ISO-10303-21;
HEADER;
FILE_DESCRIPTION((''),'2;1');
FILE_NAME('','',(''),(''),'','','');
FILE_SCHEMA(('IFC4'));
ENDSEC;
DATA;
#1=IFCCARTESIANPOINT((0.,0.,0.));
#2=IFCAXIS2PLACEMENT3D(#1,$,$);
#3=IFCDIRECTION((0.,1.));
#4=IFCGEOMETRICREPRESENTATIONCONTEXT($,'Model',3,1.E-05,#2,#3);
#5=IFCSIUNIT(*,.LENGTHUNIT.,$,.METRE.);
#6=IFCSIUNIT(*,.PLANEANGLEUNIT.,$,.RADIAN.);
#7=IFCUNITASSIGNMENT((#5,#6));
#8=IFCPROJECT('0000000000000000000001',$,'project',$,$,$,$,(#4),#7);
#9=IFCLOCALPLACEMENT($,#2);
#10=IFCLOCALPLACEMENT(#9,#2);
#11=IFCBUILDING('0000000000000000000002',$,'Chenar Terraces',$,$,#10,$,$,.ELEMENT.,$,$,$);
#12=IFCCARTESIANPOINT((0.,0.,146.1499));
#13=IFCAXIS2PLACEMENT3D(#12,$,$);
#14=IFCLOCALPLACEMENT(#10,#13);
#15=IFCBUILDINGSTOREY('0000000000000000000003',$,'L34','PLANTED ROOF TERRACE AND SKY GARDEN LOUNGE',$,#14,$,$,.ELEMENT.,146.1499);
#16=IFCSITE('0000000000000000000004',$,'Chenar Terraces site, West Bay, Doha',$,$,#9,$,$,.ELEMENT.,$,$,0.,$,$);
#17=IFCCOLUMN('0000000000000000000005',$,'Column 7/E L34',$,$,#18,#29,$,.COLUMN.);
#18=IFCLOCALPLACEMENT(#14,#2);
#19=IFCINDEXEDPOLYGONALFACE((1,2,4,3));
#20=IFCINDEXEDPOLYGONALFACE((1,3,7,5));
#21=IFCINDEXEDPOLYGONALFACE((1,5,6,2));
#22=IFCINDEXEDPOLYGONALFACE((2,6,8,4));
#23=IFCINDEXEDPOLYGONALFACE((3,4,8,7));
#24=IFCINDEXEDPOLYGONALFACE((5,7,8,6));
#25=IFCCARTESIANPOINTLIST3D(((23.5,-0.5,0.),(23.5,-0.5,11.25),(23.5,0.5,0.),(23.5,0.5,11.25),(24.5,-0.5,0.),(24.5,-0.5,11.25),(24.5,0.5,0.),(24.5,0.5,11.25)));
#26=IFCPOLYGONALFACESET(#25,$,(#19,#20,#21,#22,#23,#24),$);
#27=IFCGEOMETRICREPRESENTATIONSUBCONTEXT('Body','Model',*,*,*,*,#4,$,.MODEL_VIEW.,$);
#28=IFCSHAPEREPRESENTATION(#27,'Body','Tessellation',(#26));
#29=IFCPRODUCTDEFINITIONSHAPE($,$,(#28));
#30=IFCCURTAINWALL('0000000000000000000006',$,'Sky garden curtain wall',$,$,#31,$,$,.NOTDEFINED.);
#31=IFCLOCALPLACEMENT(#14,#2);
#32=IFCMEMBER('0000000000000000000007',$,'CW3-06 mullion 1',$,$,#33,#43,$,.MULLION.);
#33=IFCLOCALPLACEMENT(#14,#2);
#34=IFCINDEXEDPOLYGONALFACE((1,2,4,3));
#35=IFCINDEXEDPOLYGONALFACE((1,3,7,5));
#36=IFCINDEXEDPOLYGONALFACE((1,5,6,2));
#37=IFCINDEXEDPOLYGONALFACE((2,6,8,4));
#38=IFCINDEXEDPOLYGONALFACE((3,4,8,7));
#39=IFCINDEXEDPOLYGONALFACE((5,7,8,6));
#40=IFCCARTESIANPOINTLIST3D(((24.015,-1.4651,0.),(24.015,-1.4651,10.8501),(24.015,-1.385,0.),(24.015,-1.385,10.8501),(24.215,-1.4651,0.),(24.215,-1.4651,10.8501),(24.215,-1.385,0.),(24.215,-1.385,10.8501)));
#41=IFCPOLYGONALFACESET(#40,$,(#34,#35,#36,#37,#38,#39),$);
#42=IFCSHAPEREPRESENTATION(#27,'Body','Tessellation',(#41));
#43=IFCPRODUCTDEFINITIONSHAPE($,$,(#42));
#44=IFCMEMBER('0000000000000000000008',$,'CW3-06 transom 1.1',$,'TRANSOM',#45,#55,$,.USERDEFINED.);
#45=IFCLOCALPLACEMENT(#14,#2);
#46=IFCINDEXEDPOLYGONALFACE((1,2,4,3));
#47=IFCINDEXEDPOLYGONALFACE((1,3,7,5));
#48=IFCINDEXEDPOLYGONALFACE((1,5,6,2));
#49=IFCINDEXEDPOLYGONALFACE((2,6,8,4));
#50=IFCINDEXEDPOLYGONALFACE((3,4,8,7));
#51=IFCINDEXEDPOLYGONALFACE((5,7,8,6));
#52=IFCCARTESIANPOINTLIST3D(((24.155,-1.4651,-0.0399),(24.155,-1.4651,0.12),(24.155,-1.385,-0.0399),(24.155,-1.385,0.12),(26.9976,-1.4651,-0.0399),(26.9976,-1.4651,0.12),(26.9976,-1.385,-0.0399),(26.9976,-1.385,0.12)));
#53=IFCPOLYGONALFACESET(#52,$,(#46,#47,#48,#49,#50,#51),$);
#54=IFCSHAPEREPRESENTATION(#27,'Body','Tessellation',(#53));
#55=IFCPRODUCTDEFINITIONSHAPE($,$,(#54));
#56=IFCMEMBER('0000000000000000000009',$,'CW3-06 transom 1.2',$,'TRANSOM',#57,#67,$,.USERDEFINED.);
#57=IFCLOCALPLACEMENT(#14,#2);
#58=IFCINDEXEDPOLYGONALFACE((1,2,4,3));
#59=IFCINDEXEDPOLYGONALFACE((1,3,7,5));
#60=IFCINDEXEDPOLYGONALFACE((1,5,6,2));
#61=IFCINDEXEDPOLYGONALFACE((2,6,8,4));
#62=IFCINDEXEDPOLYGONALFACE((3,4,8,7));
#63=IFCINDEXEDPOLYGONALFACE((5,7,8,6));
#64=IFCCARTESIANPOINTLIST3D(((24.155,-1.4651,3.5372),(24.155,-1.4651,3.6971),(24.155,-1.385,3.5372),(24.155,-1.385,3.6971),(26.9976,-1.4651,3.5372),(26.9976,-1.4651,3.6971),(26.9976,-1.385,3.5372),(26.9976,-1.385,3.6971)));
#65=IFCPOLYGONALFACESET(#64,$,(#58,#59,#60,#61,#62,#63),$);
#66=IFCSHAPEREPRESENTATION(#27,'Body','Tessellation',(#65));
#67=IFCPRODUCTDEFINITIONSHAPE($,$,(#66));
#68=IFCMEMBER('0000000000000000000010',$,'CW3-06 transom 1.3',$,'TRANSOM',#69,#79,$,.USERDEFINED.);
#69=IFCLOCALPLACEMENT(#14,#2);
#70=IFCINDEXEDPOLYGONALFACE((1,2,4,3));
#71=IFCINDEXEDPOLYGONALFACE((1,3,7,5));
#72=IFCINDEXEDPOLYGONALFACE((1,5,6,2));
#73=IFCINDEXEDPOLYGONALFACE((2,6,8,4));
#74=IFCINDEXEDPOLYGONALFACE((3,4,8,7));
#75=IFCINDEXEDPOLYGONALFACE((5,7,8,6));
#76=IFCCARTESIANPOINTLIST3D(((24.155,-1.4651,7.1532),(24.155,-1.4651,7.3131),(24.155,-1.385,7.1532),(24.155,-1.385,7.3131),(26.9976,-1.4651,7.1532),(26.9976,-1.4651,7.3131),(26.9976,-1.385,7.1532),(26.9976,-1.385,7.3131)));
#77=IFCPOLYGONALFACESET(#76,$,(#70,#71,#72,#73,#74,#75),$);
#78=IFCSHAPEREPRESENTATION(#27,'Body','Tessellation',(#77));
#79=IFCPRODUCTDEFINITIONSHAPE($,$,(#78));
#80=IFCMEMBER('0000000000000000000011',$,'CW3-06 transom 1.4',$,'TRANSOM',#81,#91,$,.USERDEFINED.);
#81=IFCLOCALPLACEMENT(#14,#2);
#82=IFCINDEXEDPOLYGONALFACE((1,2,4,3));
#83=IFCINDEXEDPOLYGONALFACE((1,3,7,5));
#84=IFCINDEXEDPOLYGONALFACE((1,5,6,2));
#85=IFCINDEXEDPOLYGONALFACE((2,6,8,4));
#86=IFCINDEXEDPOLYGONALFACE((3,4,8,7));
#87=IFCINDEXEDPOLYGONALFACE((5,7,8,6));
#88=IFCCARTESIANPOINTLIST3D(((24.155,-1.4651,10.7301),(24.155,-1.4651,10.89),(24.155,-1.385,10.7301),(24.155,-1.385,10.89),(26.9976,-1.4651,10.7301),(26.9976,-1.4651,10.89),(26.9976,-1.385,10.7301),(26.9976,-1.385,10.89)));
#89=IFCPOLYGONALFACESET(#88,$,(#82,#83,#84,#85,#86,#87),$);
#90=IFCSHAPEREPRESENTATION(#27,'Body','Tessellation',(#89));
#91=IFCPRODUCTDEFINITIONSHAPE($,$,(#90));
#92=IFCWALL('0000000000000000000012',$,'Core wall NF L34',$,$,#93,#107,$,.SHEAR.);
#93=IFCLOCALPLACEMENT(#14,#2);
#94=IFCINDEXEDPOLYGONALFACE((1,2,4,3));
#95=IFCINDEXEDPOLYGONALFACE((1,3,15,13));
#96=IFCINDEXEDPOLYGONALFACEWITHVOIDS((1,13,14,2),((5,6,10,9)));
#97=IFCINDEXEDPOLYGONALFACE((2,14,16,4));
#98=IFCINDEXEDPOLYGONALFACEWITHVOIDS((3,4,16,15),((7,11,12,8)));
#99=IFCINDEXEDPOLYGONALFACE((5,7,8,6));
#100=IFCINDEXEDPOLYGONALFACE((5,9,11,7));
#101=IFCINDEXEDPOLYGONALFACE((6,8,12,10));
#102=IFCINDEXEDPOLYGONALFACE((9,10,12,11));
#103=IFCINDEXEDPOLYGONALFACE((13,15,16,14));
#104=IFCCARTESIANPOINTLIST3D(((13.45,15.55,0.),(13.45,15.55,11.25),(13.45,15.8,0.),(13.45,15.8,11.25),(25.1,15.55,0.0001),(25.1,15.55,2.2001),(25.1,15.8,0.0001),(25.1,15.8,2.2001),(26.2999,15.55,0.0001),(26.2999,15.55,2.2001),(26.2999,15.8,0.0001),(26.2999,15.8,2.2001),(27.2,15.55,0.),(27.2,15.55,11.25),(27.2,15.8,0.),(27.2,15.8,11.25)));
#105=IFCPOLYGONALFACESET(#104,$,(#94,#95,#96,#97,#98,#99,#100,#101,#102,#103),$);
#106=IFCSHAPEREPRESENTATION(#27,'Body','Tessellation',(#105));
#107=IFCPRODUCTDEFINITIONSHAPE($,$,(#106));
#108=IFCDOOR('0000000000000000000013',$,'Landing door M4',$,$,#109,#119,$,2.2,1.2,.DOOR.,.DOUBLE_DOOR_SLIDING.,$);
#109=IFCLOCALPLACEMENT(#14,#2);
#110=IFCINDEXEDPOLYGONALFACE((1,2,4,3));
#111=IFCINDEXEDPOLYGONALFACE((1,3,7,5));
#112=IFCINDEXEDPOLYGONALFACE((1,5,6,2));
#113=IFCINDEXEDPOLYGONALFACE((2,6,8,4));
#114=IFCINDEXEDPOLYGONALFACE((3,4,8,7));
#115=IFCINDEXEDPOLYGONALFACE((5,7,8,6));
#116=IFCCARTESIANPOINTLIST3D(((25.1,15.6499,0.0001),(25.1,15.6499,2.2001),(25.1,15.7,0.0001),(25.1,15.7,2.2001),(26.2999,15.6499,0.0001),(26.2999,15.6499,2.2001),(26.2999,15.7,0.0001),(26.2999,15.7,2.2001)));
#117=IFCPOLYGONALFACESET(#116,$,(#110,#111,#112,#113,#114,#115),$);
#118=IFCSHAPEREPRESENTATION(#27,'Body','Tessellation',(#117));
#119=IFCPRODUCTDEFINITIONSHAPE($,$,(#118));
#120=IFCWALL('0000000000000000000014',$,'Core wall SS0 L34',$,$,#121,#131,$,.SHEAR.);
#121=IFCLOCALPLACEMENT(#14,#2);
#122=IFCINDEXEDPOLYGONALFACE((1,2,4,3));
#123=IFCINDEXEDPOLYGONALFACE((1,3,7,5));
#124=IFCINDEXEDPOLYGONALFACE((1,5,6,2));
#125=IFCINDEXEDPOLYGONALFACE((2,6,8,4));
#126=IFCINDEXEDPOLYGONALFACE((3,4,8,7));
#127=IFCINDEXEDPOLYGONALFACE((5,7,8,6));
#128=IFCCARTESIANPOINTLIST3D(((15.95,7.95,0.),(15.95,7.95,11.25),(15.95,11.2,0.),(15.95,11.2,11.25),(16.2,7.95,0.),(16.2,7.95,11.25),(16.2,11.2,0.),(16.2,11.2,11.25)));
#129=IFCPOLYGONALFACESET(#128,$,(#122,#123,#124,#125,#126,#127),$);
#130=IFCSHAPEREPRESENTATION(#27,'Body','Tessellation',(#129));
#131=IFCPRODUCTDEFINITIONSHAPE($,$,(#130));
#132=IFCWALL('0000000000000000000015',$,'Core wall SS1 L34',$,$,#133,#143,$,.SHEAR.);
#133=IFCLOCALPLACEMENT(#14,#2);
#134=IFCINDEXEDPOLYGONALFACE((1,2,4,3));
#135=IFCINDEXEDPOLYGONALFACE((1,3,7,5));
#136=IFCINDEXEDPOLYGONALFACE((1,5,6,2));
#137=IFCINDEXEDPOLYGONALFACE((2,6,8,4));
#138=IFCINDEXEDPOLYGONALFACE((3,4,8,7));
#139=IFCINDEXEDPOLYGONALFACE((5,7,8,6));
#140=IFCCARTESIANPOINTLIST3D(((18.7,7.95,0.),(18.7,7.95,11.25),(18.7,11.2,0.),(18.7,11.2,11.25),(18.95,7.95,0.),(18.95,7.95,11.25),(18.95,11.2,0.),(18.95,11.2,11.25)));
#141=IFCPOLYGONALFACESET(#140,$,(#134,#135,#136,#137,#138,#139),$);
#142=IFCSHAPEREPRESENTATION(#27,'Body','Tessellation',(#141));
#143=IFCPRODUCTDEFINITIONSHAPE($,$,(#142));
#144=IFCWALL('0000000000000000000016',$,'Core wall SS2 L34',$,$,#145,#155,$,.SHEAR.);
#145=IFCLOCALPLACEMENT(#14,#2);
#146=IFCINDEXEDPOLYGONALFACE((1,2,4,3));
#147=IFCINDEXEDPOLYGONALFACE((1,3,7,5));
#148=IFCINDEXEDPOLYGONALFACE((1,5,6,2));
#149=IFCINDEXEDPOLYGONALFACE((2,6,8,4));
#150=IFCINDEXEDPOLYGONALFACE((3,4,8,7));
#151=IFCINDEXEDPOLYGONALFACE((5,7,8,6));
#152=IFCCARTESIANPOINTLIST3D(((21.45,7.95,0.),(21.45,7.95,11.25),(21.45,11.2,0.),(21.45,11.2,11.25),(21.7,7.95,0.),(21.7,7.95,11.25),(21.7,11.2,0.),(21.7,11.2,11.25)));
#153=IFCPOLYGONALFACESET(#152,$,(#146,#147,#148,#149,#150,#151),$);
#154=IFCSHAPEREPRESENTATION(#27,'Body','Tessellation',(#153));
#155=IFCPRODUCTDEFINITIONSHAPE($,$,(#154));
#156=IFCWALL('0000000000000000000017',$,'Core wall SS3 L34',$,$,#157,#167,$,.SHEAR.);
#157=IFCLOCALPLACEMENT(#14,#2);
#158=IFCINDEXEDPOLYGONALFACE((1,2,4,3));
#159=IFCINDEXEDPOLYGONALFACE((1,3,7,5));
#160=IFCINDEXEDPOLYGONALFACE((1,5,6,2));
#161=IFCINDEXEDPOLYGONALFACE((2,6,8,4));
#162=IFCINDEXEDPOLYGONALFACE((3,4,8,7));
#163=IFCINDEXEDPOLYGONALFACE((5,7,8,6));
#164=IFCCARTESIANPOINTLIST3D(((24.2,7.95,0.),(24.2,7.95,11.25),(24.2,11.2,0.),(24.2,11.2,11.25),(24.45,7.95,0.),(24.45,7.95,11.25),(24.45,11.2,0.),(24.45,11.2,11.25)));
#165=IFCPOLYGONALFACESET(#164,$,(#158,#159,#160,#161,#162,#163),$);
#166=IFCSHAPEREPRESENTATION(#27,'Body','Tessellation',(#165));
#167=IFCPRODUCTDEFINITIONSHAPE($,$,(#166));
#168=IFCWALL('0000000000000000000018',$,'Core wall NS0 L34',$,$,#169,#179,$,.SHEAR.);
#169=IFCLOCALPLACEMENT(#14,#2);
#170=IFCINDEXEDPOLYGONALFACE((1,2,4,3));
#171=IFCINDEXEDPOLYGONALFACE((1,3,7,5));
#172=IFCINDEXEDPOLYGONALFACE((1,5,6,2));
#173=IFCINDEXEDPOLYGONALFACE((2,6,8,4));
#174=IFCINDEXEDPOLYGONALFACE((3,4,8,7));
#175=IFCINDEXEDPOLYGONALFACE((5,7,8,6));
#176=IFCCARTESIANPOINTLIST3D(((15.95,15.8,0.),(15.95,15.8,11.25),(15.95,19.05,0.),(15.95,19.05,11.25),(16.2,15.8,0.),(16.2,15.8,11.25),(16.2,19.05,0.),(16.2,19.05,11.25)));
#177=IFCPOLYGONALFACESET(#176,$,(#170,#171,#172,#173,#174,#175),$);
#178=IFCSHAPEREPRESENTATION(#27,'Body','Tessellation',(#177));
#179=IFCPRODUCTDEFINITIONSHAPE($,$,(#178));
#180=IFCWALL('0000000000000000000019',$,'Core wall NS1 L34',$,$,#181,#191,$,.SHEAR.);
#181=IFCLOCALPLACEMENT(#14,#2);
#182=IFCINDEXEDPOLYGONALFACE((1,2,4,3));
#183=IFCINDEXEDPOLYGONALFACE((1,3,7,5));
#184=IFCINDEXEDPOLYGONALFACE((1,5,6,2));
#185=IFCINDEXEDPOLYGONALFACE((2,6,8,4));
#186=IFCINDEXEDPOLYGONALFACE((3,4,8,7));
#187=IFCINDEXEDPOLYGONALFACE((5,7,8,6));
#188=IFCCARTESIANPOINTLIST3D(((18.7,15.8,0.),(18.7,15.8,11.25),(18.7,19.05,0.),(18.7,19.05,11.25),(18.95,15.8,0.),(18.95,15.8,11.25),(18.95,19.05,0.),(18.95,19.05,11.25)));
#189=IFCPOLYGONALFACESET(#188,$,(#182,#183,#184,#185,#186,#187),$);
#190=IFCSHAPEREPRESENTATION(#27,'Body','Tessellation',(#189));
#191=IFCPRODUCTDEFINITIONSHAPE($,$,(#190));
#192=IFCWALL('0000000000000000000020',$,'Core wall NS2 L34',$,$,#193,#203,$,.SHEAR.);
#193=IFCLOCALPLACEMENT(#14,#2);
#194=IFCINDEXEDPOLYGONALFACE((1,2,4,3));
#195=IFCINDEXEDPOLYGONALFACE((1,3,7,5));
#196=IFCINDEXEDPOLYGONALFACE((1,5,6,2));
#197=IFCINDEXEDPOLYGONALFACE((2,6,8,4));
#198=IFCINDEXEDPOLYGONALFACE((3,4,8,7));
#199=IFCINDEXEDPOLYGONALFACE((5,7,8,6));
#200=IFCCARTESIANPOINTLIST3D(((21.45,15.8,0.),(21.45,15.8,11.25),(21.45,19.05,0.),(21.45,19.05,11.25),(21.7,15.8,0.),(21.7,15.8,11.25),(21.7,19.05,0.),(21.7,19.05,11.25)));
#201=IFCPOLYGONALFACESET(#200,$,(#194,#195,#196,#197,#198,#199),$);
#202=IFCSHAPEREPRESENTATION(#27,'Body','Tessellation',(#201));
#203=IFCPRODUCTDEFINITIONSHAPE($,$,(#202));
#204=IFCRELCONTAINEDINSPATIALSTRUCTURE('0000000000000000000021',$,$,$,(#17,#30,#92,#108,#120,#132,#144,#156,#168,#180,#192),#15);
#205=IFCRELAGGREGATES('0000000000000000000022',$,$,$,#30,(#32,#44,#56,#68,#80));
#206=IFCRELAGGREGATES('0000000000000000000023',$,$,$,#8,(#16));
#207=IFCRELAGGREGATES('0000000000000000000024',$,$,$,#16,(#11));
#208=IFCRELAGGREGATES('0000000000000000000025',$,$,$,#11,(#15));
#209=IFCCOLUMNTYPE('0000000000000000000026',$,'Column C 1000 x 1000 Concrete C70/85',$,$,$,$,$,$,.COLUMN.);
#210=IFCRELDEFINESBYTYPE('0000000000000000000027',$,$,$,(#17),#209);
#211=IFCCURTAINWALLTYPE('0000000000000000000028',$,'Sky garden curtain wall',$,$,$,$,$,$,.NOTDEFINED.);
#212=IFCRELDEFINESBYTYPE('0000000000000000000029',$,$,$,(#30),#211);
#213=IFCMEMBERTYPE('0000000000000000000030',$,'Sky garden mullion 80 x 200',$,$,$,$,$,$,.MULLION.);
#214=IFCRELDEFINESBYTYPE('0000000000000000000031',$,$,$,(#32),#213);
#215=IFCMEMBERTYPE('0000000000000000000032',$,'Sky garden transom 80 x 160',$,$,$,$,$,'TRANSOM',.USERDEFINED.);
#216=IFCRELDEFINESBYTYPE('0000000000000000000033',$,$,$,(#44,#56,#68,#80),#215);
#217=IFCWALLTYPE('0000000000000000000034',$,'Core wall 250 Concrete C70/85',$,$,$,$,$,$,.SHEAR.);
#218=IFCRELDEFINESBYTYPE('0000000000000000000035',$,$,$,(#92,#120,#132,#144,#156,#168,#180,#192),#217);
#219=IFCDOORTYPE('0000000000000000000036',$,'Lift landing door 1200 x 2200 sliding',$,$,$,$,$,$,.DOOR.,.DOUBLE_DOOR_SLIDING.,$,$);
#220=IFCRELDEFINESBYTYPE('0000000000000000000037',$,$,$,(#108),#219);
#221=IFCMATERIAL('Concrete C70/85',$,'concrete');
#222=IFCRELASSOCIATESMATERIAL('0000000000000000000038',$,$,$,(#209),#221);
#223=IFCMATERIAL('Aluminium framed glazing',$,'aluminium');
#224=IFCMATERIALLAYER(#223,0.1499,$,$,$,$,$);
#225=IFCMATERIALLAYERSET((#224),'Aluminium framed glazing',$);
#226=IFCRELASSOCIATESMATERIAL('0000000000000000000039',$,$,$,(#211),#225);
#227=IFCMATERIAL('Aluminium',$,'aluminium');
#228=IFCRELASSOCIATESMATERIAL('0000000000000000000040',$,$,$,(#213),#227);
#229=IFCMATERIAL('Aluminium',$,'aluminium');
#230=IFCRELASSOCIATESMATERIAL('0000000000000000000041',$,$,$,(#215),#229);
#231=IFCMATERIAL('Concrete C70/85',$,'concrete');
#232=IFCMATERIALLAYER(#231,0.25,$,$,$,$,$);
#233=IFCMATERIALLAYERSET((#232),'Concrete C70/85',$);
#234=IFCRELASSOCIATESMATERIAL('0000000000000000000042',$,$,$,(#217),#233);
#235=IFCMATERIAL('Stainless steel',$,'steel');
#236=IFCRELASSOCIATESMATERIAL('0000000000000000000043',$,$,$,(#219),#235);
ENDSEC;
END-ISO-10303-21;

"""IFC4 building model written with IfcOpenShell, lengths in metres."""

from ifc_helpers import new_model, si_unit, direction, frame, frame_2d, origin, origin_2d, place, context, subcontext, project, spatial, rectangle, extrude, material, layer, layer_set, material_profile, profile_set, type_object, element, fill, aggregate, save


model = new_model("IFC4")

# Units and contexts
model_context = context("Model", 3, precision=1e-05, world=origin(), true_north=direction((0.0, 1.0)))
body_context = subcontext(model_context, "Body", "Model", "MODEL_VIEW")
ifc_project = project(units=[si_unit("LENGTHUNIT", "METRE"), si_unit("PLANEANGLEUNIT", "RADIAN")], contexts=[model_context])

# Site, building, storey
site_placement = place(None, origin())
site = spatial("IfcSite", under=ifc_project, at=site_placement, Name="Chenar Terraces site, West Bay, Doha", CompositionType="ELEMENT", RefElevation=0.0)
building_placement = place(site_placement, origin())
building = spatial("IfcBuilding", under=site, at=building_placement, Name="Chenar Terraces", CompositionType="ELEMENT")
storey_placement = place(building_placement, frame((0.0, 0.0, 146.1499)))
storey = spatial("IfcBuildingStorey", under=building, at=storey_placement, Name="L34", Description="PLANTED ROOF TERRACE AND SKY GARDEN LOUNGE", CompositionType="ELEMENT", Elevation=146.1499)

# Column
ifc_material_1 = material(Name="Concrete C70/85", Category="concrete")
ifc_material_profile_1 = material_profile(ifc_material_1, rectangle(XDim=1.0, YDim=1.0, at=origin_2d()), Name="C 1000 x 1000")
ifc_profile_set_1 = profile_set([ifc_material_profile_1], Name="Concrete C70/85")
column_type = type_object("IfcColumnType", Name="Column C 1000 x 1000 Concrete C70/85", PredefinedType="COLUMN", material=ifc_profile_set_1)
column_placement = place(storey_placement, frame((24.0, 0.0, 0.0), z_axis=(0.0, 0.0, 1.0), x_axis=(1.0, 0.0, 0.0)))
element("IfcColumn", 1, at=column_placement, inside=storey, type_object=column_type, Name="Column 7/E L34", PredefinedType="COLUMN", context=body_context, shape_type="SweptSolid", body=[
    extrude(rectangle(XDim=1.0, YDim=1.0, at=origin_2d()), origin(), (0.0, 0.0, 1.0), 11.25),
])

# Curtain wall, members
ifc_material_2 = material(Name="Aluminium framed glazing", Category="aluminium")
ifc_layer_1 = layer(ifc_material_2, 0.1499)
ifc_layer_set_1 = layer_set([ifc_layer_1], Name="Aluminium framed glazing")
curtain_wall_type = type_object("IfcCurtainWallType", Name="Sky garden curtain wall", PredefinedType="NOTDEFINED", material=ifc_layer_set_1)
curtain_wall_placement = place(storey_placement, origin())
curtain_wall = element("IfcCurtainWall", 2, at=curtain_wall_placement, inside=storey, type_object=curtain_wall_type, Name="Sky garden curtain wall", PredefinedType="NOTDEFINED")
ifc_material_3 = material(Name="Aluminium", Category="aluminium")
ifc_material_profile_2 = material_profile(ifc_material_3, rectangle(XDim=0.0801, YDim=0.2, at=origin_2d()), Name="Sky garden mullion 80 x 200")
ifc_profile_set_2 = profile_set([ifc_material_profile_2], Name="Aluminium")
member_type_1 = type_object("IfcMemberType", Name="Sky garden mullion 80 x 200", PredefinedType="MULLION", material=ifc_profile_set_2)
member_1_placement = place(storey_placement, frame((24.115, -1.425, 0.0), z_axis=(0.0, 0.0, 1.0), x_axis=(0.0, 1.0, 0.0)))
member_1 = element("IfcMember", 3, at=member_1_placement, type_object=member_type_1, Name="CW3-06 mullion 1", PredefinedType="MULLION", context=body_context, shape_type="SweptSolid", body=[
    extrude(rectangle(XDim=0.0801, YDim=0.2, at=origin_2d()), origin(), (0.0, 0.0, 1.0), 10.8501),
])
ifc_material_4 = material(Name="Aluminium", Category="aluminium")
ifc_material_profile_3 = material_profile(ifc_material_4, rectangle(XDim=0.0801, YDim=0.1599, at=origin_2d()), Name="Sky garden transom 80 x 160")
ifc_profile_set_3 = profile_set([ifc_material_profile_3], Name="Aluminium")
member_type_2 = type_object("IfcMemberType", Name="Sky garden transom 80 x 160", ElementType="TRANSOM", PredefinedType="USERDEFINED", material=ifc_profile_set_3)
member_2_placement = place(storey_placement, frame((24.155, -1.425, 0.04), z_axis=(1.0, 0.0, 0.0), x_axis=(0.0, 1.0, 0.0)))
member_2 = element("IfcMember", 4, at=member_2_placement, type_object=member_type_2, Name="CW3-06 transom 1.1", ObjectType="TRANSOM", PredefinedType="USERDEFINED", context=body_context, shape_type="SweptSolid", body=[
    extrude(rectangle(XDim=0.0801, YDim=0.1599, at=origin_2d()), origin(), (0.0, 0.0, 1.0), 2.8425),
])
member_3_placement = place(storey_placement, frame((24.155, -1.425, 3.6172), z_axis=(1.0, 0.0, 0.0), x_axis=(0.0, 1.0, 0.0)))
member_3 = element("IfcMember", 5, at=member_3_placement, type_object=member_type_2, Name="CW3-06 transom 1.2", ObjectType="TRANSOM", PredefinedType="USERDEFINED", context=body_context, shape_type="SweptSolid", body=[
    extrude(rectangle(XDim=0.0801, YDim=0.1599, at=origin_2d()), origin(), (0.0, 0.0, 1.0), 2.8425),
])
member_4_placement = place(storey_placement, frame((24.155, -1.425, 7.2332), z_axis=(1.0, 0.0, 0.0), x_axis=(0.0, 1.0, 0.0)))
member_4 = element("IfcMember", 6, at=member_4_placement, type_object=member_type_2, Name="CW3-06 transom 1.3", ObjectType="TRANSOM", PredefinedType="USERDEFINED", context=body_context, shape_type="SweptSolid", body=[
    extrude(rectangle(XDim=0.0801, YDim=0.1599, at=origin_2d()), origin(), (0.0, 0.0, 1.0), 2.8425),
])
member_5_placement = place(storey_placement, frame((24.155, -1.425, 10.8101), z_axis=(1.0, 0.0, 0.0), x_axis=(0.0, 1.0, 0.0)))
member_5 = element("IfcMember", 7, at=member_5_placement, type_object=member_type_2, Name="CW3-06 transom 1.4", ObjectType="TRANSOM", PredefinedType="USERDEFINED", context=body_context, shape_type="SweptSolid", body=[
    extrude(rectangle(XDim=0.0801, YDim=0.1599, at=origin_2d()), origin(), (0.0, 0.0, 1.0), 2.8425),
])
aggregate(curtain_wall, [member_1, member_2, member_3, member_4, member_5])

# Wall, opening, door
ifc_material_5 = material(Name="Concrete C70/85", Category="concrete")
ifc_layer_2 = layer(ifc_material_5, 0.25)
ifc_layer_set_2 = layer_set([ifc_layer_2], Name="Concrete C70/85")
wall_type_1 = type_object("IfcWallType", Name="Core wall 250 Concrete C70/85", PredefinedType="SHEAR", material=ifc_layer_set_2)
wall_1_placement = place(storey_placement, frame((13.45, 15.675, 0.0), z_axis=(0.0, 0.0, 1.0), x_axis=(1.0, 0.0, 0.0)))
wall_1 = element("IfcWall", 8, at=wall_1_placement, inside=storey, type_object=wall_type_1, Name="Core wall NF L34", PredefinedType="SHEAR", context=body_context, shape_type="SweptSolid", body=[
    extrude(rectangle(XDim=13.75, YDim=0.25, at=frame_2d((6.875, 0.0))), origin(), (0.0, 0.0, 1.0), 11.25),
])
opening_placement = place(wall_1_placement, frame((11.6499, 0.0, 0.0)))
opening = element("IfcOpeningElement", 9, at=opening_placement, cuts=wall_1, PredefinedType="OPENING", context=body_context, shape_type="SweptSolid", body=[
    extrude(rectangle(XDim=1.2, YDim=2.2, at=frame_2d((0.6001, 1.1001))), frame((0.0, 0.135, 0.0), z_axis=(0.0, -1.0, 0.0), x_axis=(1.0, 0.0, 0.0)), (0.0, 0.0, 1.0), 0.27),
])
ifc_material_6 = material(Name="Stainless steel", Category="steel")
door_type = type_object("IfcDoorType", Name="Lift landing door 1200 x 2200 sliding", OperationType="DOUBLE_DOOR_SLIDING", PredefinedType="DOOR", material=ifc_material_6)
door_placement = place(opening_placement, origin())
door = element("IfcDoor", 10, at=door_placement, inside=storey, type_object=door_type, Name="Landing door M4", OperationType="DOUBLE_DOOR_SLIDING", OverallHeight=2.2, OverallWidth=1.2, PredefinedType="DOOR", context=body_context, shape_type="SweptSolid", body=[
    extrude(rectangle(XDim=1.2, YDim=2.2, at=frame_2d((0.6001, 1.1001))), frame((0.0, 0.0249, 0.0), z_axis=(0.0, -1.0, 0.0), x_axis=(1.0, 0.0, 0.0)), (0.0, 0.0, 1.0), 0.05),
])
fill(opening, door)

# Walls
for number, where, z_axis, x_axis, name in (
    (11, (16.075, 7.95, 0.0), (0.0, 0.0, 1.0), (0.0, 1.0, 0.0), "Core wall SS0 L34"),
    (12, (18.825, 7.95, 0.0), (0.0, 0.0, 1.0), (0.0, 1.0, 0.0), "Core wall SS1 L34"),
    (13, (21.575, 7.95, 0.0), (0.0, 0.0, 1.0), (0.0, 1.0, 0.0), "Core wall SS2 L34"),
    (14, (24.325, 7.95, 0.0), (0.0, 0.0, 1.0), (0.0, 1.0, 0.0), "Core wall SS3 L34"),
    (15, (16.075, 15.8, 0.0), (0.0, 0.0, 1.0), (0.0, 1.0, 0.0), "Core wall NS0 L34"),
    (16, (18.825, 15.8, 0.0), (0.0, 0.0, 1.0), (0.0, 1.0, 0.0), "Core wall NS1 L34"),
    (17, (21.575, 15.8, 0.0), (0.0, 0.0, 1.0), (0.0, 1.0, 0.0), "Core wall NS2 L34"),
):
    element("IfcWall", number, at=place(storey_placement, frame(where, z_axis=z_axis, x_axis=x_axis)), inside=storey, type_object=wall_type_1, Name=name, PredefinedType="SHEAR", context=body_context, shape_type="SweptSolid", body=[
        extrude(rectangle(XDim=3.25, YDim=0.25, at=frame_2d((1.625, 0.0))), origin(), (0.0, 0.0, 1.0), 11.25),
    ])

save(model, "model.ifc")
